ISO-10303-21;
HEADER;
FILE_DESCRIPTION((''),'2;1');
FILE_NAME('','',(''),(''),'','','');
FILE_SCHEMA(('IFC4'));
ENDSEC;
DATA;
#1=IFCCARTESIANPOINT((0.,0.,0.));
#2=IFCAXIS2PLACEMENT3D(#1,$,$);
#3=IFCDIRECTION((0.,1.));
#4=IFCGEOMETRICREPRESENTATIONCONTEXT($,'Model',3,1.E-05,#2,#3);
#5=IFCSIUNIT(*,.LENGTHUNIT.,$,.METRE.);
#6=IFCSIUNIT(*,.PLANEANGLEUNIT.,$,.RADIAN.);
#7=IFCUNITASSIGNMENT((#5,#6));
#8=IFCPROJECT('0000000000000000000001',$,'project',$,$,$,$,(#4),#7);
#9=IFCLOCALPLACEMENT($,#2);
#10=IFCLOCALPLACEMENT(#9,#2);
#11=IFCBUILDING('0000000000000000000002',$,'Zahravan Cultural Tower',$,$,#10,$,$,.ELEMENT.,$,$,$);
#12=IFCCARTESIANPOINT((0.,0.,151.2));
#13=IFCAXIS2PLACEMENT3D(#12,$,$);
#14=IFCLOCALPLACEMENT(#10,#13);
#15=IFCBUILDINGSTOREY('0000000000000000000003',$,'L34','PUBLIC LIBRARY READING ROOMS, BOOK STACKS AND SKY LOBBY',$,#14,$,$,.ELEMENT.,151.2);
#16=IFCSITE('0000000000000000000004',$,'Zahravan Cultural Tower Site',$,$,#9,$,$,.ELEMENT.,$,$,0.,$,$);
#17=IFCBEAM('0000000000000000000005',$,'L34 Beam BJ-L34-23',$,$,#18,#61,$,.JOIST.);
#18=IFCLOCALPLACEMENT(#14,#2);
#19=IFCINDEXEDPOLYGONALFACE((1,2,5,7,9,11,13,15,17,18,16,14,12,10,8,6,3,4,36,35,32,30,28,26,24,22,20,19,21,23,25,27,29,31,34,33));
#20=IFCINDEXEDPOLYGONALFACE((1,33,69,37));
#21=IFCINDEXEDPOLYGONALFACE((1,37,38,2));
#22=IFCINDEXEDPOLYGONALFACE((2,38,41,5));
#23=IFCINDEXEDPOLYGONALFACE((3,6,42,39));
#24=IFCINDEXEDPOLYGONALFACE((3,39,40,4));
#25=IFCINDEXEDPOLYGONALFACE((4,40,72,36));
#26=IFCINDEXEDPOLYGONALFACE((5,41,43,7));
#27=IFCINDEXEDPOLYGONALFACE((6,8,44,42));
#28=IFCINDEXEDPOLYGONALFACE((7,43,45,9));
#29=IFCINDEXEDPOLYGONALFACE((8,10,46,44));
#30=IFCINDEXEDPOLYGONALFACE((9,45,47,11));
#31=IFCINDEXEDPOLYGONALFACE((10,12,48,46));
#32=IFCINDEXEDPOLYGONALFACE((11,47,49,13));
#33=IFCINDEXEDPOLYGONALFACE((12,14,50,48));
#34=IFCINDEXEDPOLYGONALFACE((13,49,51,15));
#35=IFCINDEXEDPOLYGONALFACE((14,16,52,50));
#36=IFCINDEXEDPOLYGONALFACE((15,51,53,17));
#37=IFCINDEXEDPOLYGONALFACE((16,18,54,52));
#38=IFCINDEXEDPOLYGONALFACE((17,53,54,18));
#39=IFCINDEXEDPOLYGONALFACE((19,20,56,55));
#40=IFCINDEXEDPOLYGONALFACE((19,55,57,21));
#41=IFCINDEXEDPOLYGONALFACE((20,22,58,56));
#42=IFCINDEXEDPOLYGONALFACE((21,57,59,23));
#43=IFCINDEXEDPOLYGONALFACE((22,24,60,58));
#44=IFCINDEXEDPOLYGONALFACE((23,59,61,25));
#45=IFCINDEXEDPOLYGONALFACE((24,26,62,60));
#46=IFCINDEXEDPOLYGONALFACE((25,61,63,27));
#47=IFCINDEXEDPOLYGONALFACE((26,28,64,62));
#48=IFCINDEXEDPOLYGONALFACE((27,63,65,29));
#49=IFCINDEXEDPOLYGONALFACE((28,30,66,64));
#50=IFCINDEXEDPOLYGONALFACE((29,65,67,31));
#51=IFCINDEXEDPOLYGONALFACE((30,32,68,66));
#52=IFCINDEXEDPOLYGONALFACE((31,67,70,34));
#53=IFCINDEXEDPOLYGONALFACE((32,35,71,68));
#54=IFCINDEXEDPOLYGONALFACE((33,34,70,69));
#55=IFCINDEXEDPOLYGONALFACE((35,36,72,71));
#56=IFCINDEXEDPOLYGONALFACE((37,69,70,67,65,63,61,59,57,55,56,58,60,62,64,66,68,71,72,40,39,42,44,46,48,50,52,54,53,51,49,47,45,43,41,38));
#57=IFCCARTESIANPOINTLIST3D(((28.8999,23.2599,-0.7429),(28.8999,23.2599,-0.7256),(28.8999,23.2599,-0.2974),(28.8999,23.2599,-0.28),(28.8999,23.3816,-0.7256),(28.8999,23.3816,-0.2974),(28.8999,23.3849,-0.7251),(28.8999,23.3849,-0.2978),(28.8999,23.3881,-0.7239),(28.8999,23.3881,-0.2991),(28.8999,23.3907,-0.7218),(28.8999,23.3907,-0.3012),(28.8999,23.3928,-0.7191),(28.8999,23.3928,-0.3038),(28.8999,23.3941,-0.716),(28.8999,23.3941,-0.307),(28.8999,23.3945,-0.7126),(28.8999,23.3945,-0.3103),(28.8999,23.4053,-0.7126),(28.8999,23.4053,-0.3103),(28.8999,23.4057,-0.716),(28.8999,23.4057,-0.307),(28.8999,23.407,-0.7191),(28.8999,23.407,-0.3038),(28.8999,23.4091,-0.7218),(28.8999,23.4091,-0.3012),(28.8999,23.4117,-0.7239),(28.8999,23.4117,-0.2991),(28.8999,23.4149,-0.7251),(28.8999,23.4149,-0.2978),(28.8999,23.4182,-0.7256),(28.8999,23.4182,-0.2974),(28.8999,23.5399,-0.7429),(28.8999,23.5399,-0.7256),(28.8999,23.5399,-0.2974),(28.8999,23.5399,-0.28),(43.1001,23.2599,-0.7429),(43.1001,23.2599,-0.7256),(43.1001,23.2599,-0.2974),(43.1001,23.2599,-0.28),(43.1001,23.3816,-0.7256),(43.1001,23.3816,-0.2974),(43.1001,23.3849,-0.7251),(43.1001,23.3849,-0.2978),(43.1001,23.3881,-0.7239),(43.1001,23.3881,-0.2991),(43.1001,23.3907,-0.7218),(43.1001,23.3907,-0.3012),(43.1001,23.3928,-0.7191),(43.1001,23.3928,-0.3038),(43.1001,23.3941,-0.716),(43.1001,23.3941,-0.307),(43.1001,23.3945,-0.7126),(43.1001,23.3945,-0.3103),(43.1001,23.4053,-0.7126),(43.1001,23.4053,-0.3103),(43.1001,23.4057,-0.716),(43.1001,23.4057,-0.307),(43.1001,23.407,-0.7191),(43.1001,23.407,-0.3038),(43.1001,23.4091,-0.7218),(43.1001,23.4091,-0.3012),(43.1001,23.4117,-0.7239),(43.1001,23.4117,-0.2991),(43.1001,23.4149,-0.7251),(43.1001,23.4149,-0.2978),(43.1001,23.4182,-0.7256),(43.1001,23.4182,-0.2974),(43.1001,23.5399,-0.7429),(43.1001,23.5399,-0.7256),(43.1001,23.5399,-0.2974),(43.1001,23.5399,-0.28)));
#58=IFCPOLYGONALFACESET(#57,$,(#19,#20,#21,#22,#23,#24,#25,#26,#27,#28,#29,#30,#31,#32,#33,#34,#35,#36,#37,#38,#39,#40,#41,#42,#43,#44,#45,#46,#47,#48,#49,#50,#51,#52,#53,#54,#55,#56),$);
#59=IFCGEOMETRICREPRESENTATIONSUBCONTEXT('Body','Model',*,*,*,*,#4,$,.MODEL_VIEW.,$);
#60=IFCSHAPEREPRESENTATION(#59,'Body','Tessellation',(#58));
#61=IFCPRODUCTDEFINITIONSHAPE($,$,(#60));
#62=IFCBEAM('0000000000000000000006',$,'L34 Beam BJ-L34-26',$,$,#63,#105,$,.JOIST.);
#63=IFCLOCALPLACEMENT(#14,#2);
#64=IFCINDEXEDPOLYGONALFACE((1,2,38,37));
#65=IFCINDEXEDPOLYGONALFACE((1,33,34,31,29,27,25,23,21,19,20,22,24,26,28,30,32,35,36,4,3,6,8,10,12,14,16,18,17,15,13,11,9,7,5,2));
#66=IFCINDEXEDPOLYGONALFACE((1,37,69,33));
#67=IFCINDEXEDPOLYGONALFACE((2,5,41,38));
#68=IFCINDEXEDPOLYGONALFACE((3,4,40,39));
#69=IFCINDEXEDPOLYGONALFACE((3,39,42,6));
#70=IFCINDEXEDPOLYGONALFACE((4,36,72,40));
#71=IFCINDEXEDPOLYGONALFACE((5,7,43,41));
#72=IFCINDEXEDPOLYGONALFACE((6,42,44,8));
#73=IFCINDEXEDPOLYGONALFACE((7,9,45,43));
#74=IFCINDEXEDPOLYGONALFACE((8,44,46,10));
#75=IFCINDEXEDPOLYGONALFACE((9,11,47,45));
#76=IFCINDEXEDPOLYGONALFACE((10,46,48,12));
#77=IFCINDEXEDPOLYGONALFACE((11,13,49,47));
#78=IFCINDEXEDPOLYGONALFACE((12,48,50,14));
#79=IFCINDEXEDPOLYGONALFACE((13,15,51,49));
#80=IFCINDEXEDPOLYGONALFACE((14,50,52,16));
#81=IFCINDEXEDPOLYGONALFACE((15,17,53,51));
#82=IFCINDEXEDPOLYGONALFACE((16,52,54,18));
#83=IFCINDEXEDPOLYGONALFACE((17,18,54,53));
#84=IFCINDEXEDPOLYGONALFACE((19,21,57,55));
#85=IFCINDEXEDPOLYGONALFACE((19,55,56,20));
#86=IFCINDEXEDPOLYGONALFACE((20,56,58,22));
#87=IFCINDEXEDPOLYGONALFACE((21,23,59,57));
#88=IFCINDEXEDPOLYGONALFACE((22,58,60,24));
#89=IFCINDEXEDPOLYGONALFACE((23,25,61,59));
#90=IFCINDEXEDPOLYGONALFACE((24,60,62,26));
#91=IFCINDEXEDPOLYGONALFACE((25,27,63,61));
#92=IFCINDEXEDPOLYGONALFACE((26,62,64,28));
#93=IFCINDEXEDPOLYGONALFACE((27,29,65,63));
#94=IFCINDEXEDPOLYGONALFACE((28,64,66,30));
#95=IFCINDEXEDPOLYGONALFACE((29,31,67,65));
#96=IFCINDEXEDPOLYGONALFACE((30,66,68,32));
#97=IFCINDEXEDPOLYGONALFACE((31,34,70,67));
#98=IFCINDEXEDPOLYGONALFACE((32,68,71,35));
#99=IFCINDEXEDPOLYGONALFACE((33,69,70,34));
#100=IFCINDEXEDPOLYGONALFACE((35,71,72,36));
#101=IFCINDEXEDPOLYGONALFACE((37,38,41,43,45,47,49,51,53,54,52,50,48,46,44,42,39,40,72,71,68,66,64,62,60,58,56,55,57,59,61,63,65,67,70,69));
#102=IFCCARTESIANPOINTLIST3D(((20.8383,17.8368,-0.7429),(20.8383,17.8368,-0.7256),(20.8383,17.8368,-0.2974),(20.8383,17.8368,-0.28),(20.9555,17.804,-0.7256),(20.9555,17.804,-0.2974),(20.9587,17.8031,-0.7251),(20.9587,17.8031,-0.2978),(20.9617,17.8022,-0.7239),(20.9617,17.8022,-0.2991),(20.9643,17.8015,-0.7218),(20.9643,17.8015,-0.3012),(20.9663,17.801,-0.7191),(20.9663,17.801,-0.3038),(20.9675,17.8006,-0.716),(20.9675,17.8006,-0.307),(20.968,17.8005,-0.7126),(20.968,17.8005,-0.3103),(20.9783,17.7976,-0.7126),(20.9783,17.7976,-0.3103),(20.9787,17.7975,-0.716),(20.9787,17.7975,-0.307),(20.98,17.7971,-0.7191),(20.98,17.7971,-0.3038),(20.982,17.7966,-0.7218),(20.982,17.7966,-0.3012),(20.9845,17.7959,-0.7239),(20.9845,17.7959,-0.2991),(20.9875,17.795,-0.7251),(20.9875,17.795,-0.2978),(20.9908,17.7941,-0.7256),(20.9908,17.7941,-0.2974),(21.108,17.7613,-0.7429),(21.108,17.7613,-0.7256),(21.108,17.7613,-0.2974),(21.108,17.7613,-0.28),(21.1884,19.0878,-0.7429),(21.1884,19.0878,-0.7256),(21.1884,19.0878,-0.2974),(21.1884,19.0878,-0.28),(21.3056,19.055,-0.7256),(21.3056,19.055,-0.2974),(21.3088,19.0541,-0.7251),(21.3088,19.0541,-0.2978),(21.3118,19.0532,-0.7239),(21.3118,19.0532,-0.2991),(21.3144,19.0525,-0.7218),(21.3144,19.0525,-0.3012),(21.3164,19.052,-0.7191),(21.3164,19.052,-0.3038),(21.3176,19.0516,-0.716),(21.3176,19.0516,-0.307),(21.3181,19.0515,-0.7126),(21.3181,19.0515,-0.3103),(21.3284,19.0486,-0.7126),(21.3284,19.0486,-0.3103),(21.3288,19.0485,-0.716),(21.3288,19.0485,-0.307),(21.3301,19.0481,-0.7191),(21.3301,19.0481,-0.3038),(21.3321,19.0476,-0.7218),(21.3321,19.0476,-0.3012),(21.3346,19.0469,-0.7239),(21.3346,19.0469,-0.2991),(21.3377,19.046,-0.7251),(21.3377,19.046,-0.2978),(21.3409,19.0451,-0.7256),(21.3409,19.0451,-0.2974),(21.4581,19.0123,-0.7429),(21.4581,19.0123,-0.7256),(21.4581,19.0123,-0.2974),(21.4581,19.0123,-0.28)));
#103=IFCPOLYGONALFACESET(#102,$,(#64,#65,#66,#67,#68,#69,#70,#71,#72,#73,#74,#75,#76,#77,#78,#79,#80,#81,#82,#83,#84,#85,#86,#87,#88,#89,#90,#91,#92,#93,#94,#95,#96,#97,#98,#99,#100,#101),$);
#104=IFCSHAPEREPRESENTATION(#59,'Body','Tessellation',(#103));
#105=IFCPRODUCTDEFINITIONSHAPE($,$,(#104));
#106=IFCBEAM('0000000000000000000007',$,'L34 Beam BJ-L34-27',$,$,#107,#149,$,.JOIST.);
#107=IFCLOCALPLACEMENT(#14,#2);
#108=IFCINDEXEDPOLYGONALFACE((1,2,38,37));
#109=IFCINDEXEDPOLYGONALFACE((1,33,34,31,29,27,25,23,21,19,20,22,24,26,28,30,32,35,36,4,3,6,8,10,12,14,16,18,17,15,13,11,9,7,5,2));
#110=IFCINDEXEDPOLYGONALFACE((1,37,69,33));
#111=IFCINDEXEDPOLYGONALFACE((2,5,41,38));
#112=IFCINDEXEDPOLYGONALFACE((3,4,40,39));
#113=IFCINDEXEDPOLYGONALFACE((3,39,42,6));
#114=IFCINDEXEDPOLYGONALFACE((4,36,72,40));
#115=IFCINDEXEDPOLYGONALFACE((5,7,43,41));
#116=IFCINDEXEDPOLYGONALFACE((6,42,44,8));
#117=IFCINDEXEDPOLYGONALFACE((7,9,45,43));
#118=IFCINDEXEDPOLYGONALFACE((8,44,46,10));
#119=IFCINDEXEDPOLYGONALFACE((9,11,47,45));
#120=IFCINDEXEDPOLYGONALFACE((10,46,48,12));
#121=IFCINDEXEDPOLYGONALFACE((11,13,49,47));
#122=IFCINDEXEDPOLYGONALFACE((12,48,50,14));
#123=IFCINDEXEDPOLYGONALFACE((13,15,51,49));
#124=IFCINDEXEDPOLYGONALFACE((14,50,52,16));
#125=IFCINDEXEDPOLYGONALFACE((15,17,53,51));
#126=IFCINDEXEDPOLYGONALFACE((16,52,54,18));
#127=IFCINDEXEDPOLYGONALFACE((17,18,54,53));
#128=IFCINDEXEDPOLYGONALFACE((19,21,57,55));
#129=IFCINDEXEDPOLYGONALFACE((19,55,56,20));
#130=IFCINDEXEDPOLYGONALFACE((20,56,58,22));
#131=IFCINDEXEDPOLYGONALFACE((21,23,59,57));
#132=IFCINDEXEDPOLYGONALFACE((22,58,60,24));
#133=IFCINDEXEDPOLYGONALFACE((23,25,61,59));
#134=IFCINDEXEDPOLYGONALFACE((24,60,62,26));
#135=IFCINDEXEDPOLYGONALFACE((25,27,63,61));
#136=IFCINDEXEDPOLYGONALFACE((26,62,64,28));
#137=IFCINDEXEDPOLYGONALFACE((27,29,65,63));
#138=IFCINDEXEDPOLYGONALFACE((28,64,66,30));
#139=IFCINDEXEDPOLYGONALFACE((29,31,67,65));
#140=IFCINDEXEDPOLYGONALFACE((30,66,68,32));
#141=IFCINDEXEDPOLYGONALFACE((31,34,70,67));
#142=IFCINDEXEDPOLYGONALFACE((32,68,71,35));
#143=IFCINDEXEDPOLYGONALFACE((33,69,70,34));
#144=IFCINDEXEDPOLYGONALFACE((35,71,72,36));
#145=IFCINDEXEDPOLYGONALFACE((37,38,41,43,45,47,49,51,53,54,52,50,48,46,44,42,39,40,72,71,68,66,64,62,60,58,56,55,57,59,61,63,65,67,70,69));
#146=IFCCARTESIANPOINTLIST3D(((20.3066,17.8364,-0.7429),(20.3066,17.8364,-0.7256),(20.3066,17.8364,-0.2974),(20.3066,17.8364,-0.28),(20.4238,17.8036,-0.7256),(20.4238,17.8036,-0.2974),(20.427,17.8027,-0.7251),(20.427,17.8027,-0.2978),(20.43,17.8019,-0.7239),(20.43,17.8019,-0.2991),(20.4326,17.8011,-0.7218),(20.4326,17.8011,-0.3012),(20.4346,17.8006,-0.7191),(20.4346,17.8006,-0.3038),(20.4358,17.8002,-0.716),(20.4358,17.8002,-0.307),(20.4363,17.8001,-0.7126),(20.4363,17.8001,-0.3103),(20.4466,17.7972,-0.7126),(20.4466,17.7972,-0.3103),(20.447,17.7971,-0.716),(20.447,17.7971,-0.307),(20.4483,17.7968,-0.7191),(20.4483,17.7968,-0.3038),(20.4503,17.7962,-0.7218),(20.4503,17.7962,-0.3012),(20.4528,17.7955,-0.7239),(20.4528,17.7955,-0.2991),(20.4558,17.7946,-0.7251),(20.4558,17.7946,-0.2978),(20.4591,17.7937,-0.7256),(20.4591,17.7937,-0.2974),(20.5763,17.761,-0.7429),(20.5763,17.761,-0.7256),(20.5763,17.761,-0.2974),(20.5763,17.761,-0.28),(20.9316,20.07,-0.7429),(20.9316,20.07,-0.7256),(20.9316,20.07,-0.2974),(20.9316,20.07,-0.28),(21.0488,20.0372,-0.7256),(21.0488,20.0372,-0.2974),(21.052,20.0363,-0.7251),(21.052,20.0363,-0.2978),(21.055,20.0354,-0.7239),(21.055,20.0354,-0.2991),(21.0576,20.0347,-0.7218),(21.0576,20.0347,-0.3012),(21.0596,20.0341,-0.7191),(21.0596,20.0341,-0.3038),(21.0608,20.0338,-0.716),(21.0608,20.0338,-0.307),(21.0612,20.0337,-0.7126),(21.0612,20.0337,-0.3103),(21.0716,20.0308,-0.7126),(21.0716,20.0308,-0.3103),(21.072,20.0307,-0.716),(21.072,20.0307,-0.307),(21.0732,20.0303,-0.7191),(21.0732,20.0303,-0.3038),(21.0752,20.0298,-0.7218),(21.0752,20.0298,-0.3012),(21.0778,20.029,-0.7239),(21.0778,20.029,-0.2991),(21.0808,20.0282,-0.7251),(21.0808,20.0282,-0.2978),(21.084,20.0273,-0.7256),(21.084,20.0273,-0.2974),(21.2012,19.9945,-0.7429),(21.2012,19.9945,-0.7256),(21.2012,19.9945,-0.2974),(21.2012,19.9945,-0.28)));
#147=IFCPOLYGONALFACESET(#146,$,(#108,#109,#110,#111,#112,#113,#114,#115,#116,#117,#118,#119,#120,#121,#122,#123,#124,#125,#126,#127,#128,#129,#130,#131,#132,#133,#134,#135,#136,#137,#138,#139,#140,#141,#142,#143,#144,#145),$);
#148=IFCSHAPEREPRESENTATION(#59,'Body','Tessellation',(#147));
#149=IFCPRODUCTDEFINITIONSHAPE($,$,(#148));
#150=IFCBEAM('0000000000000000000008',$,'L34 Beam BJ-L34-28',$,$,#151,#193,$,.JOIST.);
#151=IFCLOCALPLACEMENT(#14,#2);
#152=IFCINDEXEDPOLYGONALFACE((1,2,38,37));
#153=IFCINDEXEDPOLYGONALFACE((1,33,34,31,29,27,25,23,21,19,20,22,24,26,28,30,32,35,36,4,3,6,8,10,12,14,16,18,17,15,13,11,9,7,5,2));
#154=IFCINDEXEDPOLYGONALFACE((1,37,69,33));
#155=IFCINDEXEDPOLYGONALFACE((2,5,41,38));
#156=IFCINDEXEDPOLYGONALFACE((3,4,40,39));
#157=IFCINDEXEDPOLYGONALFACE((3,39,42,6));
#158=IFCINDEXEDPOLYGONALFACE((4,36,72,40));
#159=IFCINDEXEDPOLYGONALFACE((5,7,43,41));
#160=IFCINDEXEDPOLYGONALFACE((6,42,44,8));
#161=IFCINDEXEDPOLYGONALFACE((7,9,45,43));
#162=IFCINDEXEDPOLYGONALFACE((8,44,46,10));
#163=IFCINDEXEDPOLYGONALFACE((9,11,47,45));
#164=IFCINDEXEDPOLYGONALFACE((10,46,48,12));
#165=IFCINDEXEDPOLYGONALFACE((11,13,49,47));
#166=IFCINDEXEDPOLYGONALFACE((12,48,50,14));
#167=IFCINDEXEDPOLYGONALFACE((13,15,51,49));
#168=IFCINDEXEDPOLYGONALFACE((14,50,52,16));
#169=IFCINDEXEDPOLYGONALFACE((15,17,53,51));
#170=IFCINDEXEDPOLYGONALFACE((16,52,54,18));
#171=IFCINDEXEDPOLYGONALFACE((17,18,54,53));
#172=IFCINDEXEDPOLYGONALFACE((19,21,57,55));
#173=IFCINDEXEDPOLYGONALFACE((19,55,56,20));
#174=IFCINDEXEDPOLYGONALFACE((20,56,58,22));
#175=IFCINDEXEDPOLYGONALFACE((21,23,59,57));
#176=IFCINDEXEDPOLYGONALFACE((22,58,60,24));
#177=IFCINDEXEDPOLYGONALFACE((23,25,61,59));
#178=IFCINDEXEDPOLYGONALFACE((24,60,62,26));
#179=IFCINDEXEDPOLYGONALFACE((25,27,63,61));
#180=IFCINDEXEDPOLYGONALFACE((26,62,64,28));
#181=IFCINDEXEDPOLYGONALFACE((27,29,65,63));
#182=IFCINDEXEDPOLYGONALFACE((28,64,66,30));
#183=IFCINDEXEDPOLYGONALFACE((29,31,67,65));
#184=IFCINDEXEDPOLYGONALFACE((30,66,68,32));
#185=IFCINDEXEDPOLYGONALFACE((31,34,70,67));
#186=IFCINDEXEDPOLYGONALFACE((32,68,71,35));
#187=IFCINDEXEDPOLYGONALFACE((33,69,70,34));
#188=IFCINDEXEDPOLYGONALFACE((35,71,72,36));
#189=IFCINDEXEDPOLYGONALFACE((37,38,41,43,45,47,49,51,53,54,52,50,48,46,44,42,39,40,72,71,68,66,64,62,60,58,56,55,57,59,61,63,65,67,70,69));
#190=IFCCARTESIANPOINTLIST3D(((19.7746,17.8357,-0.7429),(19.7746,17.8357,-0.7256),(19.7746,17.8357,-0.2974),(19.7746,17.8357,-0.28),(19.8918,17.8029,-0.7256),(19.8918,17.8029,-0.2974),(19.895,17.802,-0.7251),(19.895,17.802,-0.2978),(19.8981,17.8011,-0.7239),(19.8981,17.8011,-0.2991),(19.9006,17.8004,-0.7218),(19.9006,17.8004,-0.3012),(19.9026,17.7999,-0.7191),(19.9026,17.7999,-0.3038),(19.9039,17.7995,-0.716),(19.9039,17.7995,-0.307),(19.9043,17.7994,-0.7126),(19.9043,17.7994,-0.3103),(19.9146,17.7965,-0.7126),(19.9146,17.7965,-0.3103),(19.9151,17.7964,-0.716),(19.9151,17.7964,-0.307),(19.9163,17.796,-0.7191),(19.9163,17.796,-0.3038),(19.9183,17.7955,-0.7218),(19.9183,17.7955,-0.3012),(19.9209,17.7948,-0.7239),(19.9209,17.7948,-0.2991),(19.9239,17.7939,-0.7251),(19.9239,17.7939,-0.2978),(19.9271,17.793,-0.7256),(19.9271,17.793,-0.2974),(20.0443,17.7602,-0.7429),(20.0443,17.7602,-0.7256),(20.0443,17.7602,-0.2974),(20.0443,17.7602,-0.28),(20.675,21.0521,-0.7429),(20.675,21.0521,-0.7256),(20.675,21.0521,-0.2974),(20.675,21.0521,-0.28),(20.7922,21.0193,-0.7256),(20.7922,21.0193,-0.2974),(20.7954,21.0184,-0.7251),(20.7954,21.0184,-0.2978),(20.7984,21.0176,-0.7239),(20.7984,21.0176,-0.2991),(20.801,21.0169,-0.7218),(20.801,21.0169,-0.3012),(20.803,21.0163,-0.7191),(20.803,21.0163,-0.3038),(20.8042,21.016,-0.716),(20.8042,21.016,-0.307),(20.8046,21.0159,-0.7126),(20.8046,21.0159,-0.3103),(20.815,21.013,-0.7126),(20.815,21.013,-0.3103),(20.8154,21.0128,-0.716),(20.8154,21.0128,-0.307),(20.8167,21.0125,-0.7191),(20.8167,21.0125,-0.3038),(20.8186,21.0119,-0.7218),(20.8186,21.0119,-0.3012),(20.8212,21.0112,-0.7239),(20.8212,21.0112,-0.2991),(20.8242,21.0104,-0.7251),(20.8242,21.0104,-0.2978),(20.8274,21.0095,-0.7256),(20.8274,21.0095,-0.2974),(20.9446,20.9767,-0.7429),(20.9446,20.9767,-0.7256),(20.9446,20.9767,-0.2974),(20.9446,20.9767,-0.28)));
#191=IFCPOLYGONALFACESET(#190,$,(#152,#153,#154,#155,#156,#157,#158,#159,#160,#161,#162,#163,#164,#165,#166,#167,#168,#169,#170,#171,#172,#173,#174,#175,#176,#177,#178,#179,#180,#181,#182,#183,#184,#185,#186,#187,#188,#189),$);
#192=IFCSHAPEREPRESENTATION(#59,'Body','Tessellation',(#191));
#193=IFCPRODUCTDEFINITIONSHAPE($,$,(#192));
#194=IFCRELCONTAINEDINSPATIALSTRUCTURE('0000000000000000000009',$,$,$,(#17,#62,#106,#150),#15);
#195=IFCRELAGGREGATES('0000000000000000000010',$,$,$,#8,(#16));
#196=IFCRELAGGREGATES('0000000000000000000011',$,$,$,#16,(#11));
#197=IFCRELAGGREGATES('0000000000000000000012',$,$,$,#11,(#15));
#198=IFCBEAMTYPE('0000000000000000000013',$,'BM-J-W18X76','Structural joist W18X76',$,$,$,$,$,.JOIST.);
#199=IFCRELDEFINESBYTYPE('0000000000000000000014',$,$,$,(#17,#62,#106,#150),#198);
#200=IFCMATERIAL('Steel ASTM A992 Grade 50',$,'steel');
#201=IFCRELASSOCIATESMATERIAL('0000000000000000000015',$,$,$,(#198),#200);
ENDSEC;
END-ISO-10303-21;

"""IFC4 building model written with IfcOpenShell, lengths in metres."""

from ifc_helpers import new_model, si_unit, direction, frame, origin, origin_2d, place, context, subcontext, project, spatial, i_section, extrude, source, transform, mapped, material, material_profile, profile_set, type_object, element, save


model = new_model("IFC4")

# Units and contexts
model_context = context("Model", 3, precision=1e-05, world=origin(), true_north=direction((0.0, 1.0)))
body_context = subcontext(model_context, "Body", "Model", "MODEL_VIEW")
ifc_project = project(units=[si_unit("LENGTHUNIT", "METRE"), si_unit("PLANEANGLEUNIT", "RADIAN")], contexts=[model_context])

# Site, building, storey
site_placement = place(None, origin())
site = spatial("IfcSite", under=ifc_project, at=site_placement, Name="Zahravan Cultural Tower Site", CompositionType="ELEMENT", RefElevation=0.0)
building_placement = place(site_placement, origin())
building = spatial("IfcBuilding", under=site, at=building_placement, Name="Zahravan Cultural Tower", CompositionType="ELEMENT")
storey_placement = place(building_placement, frame((0.0, 0.0, 151.2)))
storey = spatial("IfcBuildingStorey", under=building, at=storey_placement, Name="L34", Description="PUBLIC LIBRARY READING ROOMS, BOOK STACKS AND SKY LOBBY", CompositionType="ELEMENT", Elevation=151.2)

# Beams
ifc_material_1 = material(Name="Steel ASTM A992 Grade 50", Category="steel")
ifc_material_profile = material_profile(ifc_material_1, i_section(OverallWidth=0.28, OverallDepth=0.4629, WebThickness=0.0107, FlangeThickness=0.0173, FilletRadius=0.0129, at=origin_2d()), Name="W18X76")
ifc_profile_set = profile_set([ifc_material_profile], Name="Steel ASTM A992 Grade 50")
beam_type = type_object("IfcBeamType", Name="BM-J-W18X76", Description="Structural joist W18X76", PredefinedType="JOIST", material=ifc_profile_set)
shared_shape_1 = source(origin(), body_context, "Body", "SweptSolid", [
    extrude(i_section(OverallWidth=0.28, OverallDepth=0.4629, WebThickness=0.0107, FlangeThickness=0.0173, FilletRadius=0.0129, at=origin_2d()), origin(), (0.0, 0.0, 1.0), 14.2002),
])
beam_1_placement = place(storey_placement, frame((28.8999, 23.3999, -0.5115), z_axis=(1.0, 0.0, 0.0), x_axis=(0.0, 1.0, 0.0)))
element("IfcBeam", 1, at=beam_1_placement, inside=storey, type_object=beam_type, Name="L34 Beam BJ-L34-23", PredefinedType="JOIST", context=body_context, shape_type="MappedRepresentation", body=[
    mapped(shared_shape_1, transform((0.0, 0.0, 0.0), x_axis=(1.0, 0.0, 0.0), y_axis=(0.0, 1.0, 0.0), z_axis=(0.0, 0.0, 1.0), scale=1.0)),
])
shared_shape_2 = source(origin(), body_context, "Body", "SweptSolid", [
    extrude(i_section(OverallWidth=0.28, OverallDepth=0.4629, WebThickness=0.0107, FlangeThickness=0.0173, FilletRadius=0.0129, at=origin_2d()), origin(), (0.0, 0.0, 1.0), 1.2991),
])
beam_2_placement = place(storey_placement, frame((21.3232, 19.05, -0.5115), z_axis=(-0.269504, -0.962999, 0.0), x_axis=(0.962999, -0.269504, 0.0)))
element("IfcBeam", 2, at=beam_2_placement, inside=storey, type_object=beam_type, Name="L34 Beam BJ-L34-26", PredefinedType="JOIST", context=body_context, shape_type="MappedRepresentation", body=[
    mapped(shared_shape_2, transform((0.0, 0.0, 0.0), x_axis=(1.0, 0.0, 0.0), y_axis=(0.0, 1.0, 0.0), z_axis=(0.0, 0.0, 1.0), scale=1.0)),
])
shared_shape_3 = source(origin(), body_context, "Body", "SweptSolid", [
    extrude(i_section(OverallWidth=0.28, OverallDepth=0.4629, WebThickness=0.0107, FlangeThickness=0.0173, FilletRadius=0.0129, at=origin_2d()), origin(), (0.0, 0.0, 1.0), 2.3193),
])
beam_3_placement = place(storey_placement, frame((21.0664, 20.0322, -0.5115), z_axis=(-0.269462, -0.963011, 0.0), x_axis=(0.963011, -0.269462, 0.0)))
element("IfcBeam", 3, at=beam_3_placement, inside=storey, type_object=beam_type, Name="L34 Beam BJ-L34-27", PredefinedType="JOIST", context=body_context, shape_type="MappedRepresentation", body=[
    mapped(shared_shape_3, transform((0.0, 0.0, 0.0), x_axis=(1.0, 0.0, 0.0), y_axis=(0.0, 1.0, 0.0), z_axis=(0.0, 0.0, 1.0), scale=1.0)),
])
shared_shape_4 = source(origin(), body_context, "Body", "SweptSolid", [
    extrude(i_section(OverallWidth=0.28, OverallDepth=0.4629, WebThickness=0.0107, FlangeThickness=0.0173, FilletRadius=0.0129, at=origin_2d()), origin(), (0.0, 0.0, 1.0), 3.3401),
])
beam_4_placement = place(storey_placement, frame((20.8098, 21.0144, -0.5115), z_axis=(-0.269562, -0.962983, 0.0), x_axis=(0.962983, -0.269562, 0.0)))
element("IfcBeam", 4, at=beam_4_placement, inside=storey, type_object=beam_type, Name="L34 Beam BJ-L34-28", PredefinedType="JOIST", context=body_context, shape_type="MappedRepresentation", body=[
    mapped(shared_shape_4, transform((0.0, 0.0, 0.0), x_axis=(1.0, 0.0, 0.0), y_axis=(0.0, 1.0, 0.0), z_axis=(0.0, 0.0, 1.0), scale=1.0)),
])

save(model, "model.ifc")
